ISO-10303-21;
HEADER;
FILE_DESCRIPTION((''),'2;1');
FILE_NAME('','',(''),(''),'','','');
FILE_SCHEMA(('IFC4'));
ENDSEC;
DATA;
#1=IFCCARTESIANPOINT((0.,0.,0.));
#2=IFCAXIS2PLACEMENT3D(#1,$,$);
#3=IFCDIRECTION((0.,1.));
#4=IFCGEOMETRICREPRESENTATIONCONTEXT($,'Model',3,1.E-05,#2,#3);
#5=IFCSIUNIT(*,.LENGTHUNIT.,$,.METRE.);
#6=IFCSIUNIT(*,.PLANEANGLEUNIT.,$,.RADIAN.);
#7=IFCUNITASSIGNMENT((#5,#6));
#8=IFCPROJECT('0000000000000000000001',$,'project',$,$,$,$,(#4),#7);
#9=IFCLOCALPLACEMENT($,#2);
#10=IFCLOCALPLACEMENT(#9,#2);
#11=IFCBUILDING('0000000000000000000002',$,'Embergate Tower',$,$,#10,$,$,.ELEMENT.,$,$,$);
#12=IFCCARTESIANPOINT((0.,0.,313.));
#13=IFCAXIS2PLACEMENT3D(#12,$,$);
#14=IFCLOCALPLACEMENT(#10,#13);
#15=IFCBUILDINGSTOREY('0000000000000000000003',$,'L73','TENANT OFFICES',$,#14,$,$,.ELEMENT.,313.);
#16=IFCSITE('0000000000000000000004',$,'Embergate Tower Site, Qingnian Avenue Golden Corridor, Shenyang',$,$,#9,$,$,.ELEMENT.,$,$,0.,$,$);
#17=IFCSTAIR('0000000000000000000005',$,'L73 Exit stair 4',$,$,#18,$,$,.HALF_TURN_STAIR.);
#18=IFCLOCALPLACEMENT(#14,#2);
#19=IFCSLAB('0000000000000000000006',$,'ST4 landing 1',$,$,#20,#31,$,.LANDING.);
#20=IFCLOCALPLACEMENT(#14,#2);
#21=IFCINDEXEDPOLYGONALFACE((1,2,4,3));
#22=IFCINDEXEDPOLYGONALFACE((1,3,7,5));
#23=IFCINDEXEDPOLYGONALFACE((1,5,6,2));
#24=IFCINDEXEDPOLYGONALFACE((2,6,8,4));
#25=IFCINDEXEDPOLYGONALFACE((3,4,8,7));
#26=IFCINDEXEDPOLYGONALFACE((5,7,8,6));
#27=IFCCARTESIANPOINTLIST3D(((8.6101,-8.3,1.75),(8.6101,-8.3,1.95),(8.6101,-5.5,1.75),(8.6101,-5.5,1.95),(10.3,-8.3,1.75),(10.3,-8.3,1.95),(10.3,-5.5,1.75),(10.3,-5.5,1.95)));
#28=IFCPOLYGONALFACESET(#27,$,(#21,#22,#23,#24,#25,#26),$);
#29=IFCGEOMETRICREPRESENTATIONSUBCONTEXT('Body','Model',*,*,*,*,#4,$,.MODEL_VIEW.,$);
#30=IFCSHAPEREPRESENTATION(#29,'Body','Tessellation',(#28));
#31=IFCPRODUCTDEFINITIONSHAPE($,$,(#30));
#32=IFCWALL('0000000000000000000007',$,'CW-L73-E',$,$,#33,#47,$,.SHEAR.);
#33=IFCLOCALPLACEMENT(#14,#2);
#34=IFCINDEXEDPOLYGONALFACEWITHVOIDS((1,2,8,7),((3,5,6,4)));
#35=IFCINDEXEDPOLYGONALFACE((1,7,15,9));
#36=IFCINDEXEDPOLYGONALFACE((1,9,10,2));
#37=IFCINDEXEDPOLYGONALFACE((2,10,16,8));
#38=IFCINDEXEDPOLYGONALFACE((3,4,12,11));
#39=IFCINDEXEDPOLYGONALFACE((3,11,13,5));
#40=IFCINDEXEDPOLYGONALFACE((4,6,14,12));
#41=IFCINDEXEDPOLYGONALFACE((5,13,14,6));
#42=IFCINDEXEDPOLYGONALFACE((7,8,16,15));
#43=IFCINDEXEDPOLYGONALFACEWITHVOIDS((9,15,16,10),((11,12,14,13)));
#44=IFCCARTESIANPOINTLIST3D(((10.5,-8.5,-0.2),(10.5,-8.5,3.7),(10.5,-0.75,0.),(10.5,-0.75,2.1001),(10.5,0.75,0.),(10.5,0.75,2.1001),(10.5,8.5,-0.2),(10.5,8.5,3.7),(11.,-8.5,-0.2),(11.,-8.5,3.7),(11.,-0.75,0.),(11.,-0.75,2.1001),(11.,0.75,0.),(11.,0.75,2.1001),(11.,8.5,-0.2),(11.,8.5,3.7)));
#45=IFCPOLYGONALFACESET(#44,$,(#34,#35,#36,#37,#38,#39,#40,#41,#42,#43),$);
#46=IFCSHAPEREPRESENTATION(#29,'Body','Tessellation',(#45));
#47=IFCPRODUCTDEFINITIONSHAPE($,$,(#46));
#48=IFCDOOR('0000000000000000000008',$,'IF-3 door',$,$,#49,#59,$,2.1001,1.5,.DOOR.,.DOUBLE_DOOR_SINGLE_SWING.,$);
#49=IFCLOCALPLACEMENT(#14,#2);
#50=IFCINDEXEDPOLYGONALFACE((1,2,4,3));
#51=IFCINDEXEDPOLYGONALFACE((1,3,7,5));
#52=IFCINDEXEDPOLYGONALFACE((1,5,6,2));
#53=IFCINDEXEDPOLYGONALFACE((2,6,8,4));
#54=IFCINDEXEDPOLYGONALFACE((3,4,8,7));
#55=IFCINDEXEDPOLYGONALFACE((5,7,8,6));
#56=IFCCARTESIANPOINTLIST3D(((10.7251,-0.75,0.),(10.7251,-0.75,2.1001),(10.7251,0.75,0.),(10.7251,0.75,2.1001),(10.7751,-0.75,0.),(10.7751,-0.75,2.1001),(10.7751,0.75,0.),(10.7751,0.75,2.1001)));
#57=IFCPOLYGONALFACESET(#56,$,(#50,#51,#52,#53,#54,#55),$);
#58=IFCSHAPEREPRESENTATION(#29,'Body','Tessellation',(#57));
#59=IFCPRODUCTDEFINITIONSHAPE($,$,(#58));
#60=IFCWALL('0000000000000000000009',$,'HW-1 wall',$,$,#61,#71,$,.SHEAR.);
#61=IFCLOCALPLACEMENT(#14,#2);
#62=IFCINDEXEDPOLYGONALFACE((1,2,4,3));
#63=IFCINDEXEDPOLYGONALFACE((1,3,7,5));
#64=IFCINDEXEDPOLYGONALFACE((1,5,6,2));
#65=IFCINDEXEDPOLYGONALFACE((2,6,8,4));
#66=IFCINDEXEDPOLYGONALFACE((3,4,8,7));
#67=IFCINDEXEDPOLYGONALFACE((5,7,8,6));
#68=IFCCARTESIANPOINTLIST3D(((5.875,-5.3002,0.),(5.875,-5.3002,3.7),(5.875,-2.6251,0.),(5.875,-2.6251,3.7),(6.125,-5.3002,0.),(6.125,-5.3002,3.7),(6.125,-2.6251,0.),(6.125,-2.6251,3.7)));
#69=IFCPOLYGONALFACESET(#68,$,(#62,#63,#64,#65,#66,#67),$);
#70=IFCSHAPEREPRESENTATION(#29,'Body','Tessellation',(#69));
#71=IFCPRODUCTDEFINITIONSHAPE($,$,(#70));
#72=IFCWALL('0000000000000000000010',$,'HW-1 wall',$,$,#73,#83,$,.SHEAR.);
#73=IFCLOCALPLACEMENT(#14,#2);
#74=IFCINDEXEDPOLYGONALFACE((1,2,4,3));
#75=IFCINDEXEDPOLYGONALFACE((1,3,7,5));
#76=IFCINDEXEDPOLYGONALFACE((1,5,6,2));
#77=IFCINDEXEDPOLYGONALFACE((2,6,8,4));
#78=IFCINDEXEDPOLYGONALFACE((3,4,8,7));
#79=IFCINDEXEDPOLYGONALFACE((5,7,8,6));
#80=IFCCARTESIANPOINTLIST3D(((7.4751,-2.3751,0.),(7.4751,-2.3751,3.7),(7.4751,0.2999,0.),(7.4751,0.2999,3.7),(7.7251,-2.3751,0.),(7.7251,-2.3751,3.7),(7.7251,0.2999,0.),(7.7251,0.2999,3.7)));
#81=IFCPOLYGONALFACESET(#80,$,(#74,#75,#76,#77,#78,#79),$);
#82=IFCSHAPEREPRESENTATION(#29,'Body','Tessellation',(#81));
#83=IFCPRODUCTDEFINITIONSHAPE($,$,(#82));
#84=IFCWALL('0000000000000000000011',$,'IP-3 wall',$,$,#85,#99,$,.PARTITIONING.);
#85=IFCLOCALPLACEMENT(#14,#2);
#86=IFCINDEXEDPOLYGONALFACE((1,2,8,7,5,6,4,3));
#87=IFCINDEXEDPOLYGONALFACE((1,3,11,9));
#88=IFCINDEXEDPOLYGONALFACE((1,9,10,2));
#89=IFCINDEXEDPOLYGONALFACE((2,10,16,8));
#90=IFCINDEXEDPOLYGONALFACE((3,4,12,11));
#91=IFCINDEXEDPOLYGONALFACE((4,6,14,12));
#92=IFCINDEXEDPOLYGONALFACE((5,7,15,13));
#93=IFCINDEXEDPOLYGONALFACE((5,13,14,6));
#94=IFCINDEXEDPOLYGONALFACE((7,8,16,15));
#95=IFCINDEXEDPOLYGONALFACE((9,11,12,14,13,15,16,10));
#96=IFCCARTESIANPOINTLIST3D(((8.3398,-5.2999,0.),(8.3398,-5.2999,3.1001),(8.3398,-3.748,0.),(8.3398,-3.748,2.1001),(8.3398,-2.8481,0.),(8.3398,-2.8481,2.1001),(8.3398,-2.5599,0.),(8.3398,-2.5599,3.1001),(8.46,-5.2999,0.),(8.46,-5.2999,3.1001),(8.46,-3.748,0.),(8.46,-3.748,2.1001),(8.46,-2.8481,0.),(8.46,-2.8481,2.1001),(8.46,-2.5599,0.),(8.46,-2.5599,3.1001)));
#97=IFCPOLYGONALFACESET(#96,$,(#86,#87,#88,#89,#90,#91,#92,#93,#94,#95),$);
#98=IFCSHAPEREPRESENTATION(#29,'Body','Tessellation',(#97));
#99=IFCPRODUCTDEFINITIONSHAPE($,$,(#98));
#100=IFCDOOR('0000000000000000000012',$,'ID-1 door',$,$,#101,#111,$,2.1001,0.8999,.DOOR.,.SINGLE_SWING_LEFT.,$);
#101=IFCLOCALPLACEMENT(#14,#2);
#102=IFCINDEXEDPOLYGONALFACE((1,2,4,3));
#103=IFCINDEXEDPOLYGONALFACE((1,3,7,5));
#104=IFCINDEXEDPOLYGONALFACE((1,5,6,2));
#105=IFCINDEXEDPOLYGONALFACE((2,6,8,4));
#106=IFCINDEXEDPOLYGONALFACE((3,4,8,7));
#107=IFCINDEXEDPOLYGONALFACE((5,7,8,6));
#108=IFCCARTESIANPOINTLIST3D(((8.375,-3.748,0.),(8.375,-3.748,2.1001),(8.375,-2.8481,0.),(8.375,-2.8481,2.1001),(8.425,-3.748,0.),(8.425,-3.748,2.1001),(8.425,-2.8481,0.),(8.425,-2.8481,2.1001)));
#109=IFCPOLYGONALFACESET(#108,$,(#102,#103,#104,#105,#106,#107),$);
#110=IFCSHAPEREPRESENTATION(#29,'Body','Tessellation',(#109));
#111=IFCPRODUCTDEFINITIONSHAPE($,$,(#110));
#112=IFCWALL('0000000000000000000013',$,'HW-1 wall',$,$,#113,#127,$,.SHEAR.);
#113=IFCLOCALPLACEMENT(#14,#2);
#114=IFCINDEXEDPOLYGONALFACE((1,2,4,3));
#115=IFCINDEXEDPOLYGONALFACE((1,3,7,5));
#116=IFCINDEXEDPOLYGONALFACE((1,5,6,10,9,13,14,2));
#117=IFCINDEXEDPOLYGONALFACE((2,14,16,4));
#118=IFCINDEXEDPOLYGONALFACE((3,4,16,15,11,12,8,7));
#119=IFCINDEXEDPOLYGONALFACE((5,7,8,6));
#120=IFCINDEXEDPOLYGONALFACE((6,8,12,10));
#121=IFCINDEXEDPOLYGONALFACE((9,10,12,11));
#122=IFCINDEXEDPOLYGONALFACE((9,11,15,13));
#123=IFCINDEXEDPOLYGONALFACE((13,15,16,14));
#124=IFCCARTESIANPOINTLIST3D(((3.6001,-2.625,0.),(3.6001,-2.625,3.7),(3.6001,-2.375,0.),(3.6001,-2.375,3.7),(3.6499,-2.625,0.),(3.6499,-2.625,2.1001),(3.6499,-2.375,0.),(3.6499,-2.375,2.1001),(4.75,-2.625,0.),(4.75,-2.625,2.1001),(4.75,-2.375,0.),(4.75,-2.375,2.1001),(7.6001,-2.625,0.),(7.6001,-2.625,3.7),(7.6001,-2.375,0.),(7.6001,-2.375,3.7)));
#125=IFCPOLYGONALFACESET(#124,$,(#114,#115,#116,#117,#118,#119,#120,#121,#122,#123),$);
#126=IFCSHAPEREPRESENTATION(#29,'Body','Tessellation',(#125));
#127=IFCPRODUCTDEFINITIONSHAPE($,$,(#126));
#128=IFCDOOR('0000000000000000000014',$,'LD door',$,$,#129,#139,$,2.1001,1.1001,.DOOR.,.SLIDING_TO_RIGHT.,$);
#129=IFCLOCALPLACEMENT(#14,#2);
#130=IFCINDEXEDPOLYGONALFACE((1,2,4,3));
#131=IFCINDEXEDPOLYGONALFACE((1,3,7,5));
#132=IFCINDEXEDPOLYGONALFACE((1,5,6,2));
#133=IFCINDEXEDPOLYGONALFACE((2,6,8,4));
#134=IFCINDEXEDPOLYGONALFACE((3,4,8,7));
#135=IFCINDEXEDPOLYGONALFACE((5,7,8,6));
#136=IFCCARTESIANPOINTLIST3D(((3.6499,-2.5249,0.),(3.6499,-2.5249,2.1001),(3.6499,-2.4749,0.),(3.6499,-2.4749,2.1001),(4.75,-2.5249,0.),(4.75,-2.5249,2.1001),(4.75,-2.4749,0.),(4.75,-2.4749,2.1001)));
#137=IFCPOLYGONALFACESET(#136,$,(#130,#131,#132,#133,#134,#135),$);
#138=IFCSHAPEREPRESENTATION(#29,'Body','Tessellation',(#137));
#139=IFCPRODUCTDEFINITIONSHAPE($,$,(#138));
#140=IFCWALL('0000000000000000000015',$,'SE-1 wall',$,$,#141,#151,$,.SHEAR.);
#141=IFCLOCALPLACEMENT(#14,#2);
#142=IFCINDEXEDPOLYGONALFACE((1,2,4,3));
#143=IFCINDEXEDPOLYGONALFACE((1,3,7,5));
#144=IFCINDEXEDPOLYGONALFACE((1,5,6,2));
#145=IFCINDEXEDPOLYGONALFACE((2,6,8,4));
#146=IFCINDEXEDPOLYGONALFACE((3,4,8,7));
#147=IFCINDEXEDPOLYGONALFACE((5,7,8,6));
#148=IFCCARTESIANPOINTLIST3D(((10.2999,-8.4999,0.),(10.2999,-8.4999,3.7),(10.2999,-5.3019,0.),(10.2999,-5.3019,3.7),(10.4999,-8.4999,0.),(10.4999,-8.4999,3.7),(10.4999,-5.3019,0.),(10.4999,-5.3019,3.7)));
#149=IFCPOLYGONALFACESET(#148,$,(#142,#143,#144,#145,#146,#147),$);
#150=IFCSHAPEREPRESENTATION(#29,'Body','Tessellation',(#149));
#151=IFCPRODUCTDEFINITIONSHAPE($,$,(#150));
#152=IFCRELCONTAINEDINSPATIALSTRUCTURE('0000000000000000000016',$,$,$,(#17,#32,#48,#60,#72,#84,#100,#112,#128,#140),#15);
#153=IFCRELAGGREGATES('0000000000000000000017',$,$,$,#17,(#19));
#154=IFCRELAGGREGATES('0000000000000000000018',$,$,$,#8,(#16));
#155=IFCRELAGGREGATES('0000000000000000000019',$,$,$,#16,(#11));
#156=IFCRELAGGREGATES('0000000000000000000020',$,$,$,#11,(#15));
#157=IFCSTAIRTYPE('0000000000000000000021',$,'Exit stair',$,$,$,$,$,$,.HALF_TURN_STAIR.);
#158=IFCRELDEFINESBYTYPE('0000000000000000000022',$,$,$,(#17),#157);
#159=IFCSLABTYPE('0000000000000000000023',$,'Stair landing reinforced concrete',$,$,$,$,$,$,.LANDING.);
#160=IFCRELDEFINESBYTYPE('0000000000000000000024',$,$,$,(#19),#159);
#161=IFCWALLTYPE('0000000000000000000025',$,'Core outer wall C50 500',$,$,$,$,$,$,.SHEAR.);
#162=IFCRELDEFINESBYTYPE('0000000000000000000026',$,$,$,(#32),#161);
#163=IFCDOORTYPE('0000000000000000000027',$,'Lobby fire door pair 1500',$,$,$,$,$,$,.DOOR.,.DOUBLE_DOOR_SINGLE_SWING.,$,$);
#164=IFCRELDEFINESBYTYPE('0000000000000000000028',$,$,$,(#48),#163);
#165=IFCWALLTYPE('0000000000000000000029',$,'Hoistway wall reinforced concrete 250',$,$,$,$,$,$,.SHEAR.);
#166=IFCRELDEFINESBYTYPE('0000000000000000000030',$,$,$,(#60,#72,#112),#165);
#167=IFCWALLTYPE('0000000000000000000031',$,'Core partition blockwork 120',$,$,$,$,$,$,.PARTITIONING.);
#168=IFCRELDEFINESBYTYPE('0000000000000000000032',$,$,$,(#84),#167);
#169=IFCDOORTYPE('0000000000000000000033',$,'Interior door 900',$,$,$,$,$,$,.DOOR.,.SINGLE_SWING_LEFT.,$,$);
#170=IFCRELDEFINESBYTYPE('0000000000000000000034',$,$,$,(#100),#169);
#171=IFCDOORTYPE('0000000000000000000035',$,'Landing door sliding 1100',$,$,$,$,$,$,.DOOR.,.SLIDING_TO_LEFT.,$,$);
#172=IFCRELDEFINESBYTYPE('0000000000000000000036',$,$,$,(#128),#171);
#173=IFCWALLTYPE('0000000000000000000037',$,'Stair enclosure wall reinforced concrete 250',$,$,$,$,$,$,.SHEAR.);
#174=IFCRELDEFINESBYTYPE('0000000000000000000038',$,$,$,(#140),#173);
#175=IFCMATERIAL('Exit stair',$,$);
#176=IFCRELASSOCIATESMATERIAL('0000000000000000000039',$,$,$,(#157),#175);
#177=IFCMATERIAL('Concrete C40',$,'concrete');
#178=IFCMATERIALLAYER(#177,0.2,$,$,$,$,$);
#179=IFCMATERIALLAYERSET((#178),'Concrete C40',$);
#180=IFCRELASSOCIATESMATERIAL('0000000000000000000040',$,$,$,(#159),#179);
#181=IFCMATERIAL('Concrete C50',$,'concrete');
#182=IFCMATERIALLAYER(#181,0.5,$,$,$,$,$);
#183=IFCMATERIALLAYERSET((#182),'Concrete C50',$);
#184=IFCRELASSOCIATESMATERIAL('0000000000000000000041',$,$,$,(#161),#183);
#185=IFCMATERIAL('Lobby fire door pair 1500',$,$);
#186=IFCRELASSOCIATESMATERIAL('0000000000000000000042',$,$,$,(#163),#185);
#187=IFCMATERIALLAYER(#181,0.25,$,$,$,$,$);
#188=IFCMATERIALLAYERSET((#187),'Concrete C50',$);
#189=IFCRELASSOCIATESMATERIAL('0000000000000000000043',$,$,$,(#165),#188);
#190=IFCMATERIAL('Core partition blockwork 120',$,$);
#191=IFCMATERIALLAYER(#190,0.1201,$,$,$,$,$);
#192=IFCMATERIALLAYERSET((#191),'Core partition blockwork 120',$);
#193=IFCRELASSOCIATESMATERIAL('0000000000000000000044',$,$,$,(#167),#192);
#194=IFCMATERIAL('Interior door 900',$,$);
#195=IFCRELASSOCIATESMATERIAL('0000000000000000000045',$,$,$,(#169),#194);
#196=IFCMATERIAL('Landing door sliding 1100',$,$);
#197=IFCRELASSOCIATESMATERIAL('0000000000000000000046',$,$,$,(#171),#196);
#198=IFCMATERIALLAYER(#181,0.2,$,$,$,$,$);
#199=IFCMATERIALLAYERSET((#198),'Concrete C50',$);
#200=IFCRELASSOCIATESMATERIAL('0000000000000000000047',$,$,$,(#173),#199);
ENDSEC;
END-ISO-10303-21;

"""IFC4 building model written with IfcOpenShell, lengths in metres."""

from ifc_helpers import new_model, si_unit, direction, frame, frame_2d, origin, place, context, subcontext, project, spatial, polyline, rectangle, outline, extrude, source, transform, mapped, material, layer, layer_set, type_object, element, fill, aggregate, save


model = new_model("IFC4")

# Units and contexts
model_context = context("Model", 3, precision=1e-05, world=origin(), true_north=direction((0.0, 1.0)))
body_context = subcontext(model_context, "Body", "Model", "MODEL_VIEW")
ifc_project = project(units=[si_unit("LENGTHUNIT", "METRE"), si_unit("PLANEANGLEUNIT", "RADIAN")], contexts=[model_context])

# Site, building, storey
site_placement = place(None, origin())
site = spatial("IfcSite", under=ifc_project, at=site_placement, Name="Embergate Tower Site, Qingnian Avenue Golden Corridor, Shenyang", CompositionType="ELEMENT", RefElevation=0.0)
building_placement = place(site_placement, origin())
building = spatial("IfcBuilding", under=site, at=building_placement, Name="Embergate Tower", CompositionType="ELEMENT")
storey_placement = place(building_placement, frame((0.0, 0.0, 313.0)))
storey = spatial("IfcBuildingStorey", under=building, at=storey_placement, Name="L73", Description="TENANT OFFICES", CompositionType="ELEMENT", Elevation=313.0)

# Stair, slab
ifc_material_1 = material(Name="Exit stair")
stair_type = type_object("IfcStairType", Name="Exit stair", PredefinedType="HALF_TURN_STAIR", material=ifc_material_1)
stair_placement = place(storey_placement, origin())
stair = element("IfcStair", 1, at=stair_placement, inside=storey, type_object=stair_type, Name="L73 Exit stair 4", PredefinedType="HALF_TURN_STAIR")
ifc_material_2 = material(Name="Concrete C40", Category="concrete")
ifc_layer_1 = layer(ifc_material_2, 0.2)
ifc_layer_set_1 = layer_set([ifc_layer_1], Name="Concrete C40")
slab_type = type_object("IfcSlabType", Name="Stair landing reinforced concrete", PredefinedType="LANDING", material=ifc_layer_set_1)
shared_shape_1 = source(origin(), body_context, "Body", "SweptSolid", [
    extrude(outline(polyline([(0.0, 0.0), (1.6899, 0.0), (1.6899, 2.8), (0.0, 2.8), (0.0, 0.0)])), origin(), (0.0, 0.0, 1.0), 0.2),
])
slab_placement = place(storey_placement, frame((8.6101, -8.3, 1.75)))
slab = element("IfcSlab", 2, at=slab_placement, type_object=slab_type, Name="ST4 landing 1", PredefinedType="LANDING", context=body_context, shape_type="MappedRepresentation", body=[
    mapped(shared_shape_1, transform((0.0, 0.0, 0.0))),
])

# Wall, opening, door
ifc_material_3 = material(Name="Concrete C50", Category="concrete")
ifc_layer_2 = layer(ifc_material_3, 0.5)
ifc_layer_set_2 = layer_set([ifc_layer_2], Name="Concrete C50")
wall_type_1 = type_object("IfcWallType", Name="Core outer wall C50 500", PredefinedType="SHEAR", material=ifc_layer_set_2)
shared_shape_2 = source(origin(), body_context, "Body", "SweptSolid", [
    extrude(rectangle(XDim=17.0, YDim=0.5, at=frame_2d((8.5, 0.0))), origin(), (0.0, 0.0, 1.0), 3.8999),
])
wall_1_placement = place(storey_placement, frame((10.75, -8.5, -0.2), z_axis=(0.0, 0.0, 1.0), x_axis=(0.0, 1.0, 0.0)))
wall_1 = element("IfcWall", 3, at=wall_1_placement, inside=storey, type_object=wall_type_1, Name="CW-L73-E", PredefinedType="SHEAR", context=body_context, shape_type="MappedRepresentation", body=[
    mapped(shared_shape_2, transform((0.0, 0.0, 0.0))),
])
shared_shape_3 = source(origin(), body_context, "Body", "SweptSolid", [
    extrude(rectangle(XDim=1.5, YDim=2.1001, at=frame_2d((0.75, 1.05))), frame((0.0, 0.26, 0.0), z_axis=(0.0, -1.0, 0.0), x_axis=(1.0, 0.0, 0.0)), (0.0, 0.0, 1.0), 0.52),
])
opening_1_placement = place(wall_1_placement, frame((7.75, 0.0, 0.2)))
opening_1 = element("IfcOpeningElement", 4, at=opening_1_placement, cuts=wall_1, PredefinedType="OPENING", context=body_context, shape_type="MappedRepresentation", body=[
    mapped(shared_shape_3, transform((0.0, 0.0, 0.0))),
])
ifc_material_4 = material(Name="Lobby fire door pair 1500")
door_type_1 = type_object("IfcDoorType", Name="Lobby fire door pair 1500", OperationType="DOUBLE_DOOR_SINGLE_SWING", PredefinedType="DOOR", material=ifc_material_4)
shared_shape_4 = source(origin(), body_context, "Body", "SweptSolid", [
    extrude(rectangle(XDim=1.5, YDim=2.1001, at=frame_2d((0.75, 1.05))), frame((0.0, 0.0249, 0.0), z_axis=(0.0, -1.0, 0.0), x_axis=(1.0, 0.0, 0.0)), (0.0, 0.0, 1.0), 0.05),
])
door_1_placement = place(opening_1_placement, origin())
door_1 = element("IfcDoor", 5, at=door_1_placement, inside=storey, type_object=door_type_1, Name="IF-3 door", OperationType="DOUBLE_DOOR_SINGLE_SWING", OverallHeight=2.1001, OverallWidth=1.5, PredefinedType="DOOR", context=body_context, shape_type="MappedRepresentation", body=[
    mapped(shared_shape_4, transform((0.0, 0.0, 0.0))),
])
fill(opening_1, door_1)

# Walls
ifc_layer_3 = layer(ifc_material_3, 0.25)
ifc_layer_set_3 = layer_set([ifc_layer_3], Name="Concrete C50")
wall_type_2 = type_object("IfcWallType", Name="Hoistway wall reinforced concrete 250", PredefinedType="SHEAR", material=ifc_layer_set_3)
shared_shape_5 = source(origin(), body_context, "Body", "SweptSolid", [
    extrude(rectangle(XDim=2.675, YDim=0.25, at=frame_2d((1.3374, 0.0))), origin(), (0.0, 0.0, 1.0), 3.7),
])
for number, where, z_axis, x_axis, name in (
    (6, (6.0, -5.3, 0.0), (0.0, 0.0, 1.0), (0.0, 1.0, 0.0), "HW-1 wall"),
    (7, (7.6001, -2.375, 0.0), (0.0, 0.0, 1.0), (0.0, 1.0, 0.0), "HW-1 wall"),
):
    element("IfcWall", number, at=place(storey_placement, frame(where, z_axis=z_axis, x_axis=x_axis)), inside=storey, type_object=wall_type_2, Name=name, PredefinedType="SHEAR", context=body_context, shape_type="MappedRepresentation", body=[
        mapped(shared_shape_5, transform((0.0, 0.0, 0.0))),
    ])

# Walls, openings, doors
ifc_material_5 = material(Name="Core partition blockwork 120")
ifc_layer_4 = layer(ifc_material_5, 0.1201)
ifc_layer_set_4 = layer_set([ifc_layer_4], Name="Core partition blockwork 120")
wall_type_3 = type_object("IfcWallType", Name="Core partition blockwork 120", PredefinedType="PARTITIONING", material=ifc_layer_set_4)
shared_shape_6 = source(origin(), body_context, "Body", "SweptSolid", [
    extrude(rectangle(XDim=2.74, YDim=0.1201, at=frame_2d((1.3701, 0.0))), origin(), (0.0, 0.0, 1.0), 3.1001),
])
wall_2_placement = place(storey_placement, frame((8.3999, -5.3, 0.0), z_axis=(0.0, 0.0, 1.0), x_axis=(0.0, 1.0, 0.0)))
wall_2 = element("IfcWall", 8, at=wall_2_placement, inside=storey, type_object=wall_type_3, Name="IP-3 wall", PredefinedType="PARTITIONING", context=body_context, shape_type="MappedRepresentation", body=[
    mapped(shared_shape_6, transform((0.0, 0.0, 0.0))),
])
shared_shape_7 = source(origin(), body_context, "Body", "SweptSolid", [
    extrude(rectangle(XDim=0.8999, YDim=2.1001, at=frame_2d((0.45, 1.05))), frame((0.0, 0.0701, 0.0), z_axis=(0.0, -1.0, 0.0), x_axis=(1.0, 0.0, 0.0)), (0.0, 0.0, 1.0), 0.1401),
])
opening_2_placement = place(wall_2_placement, frame((1.552, 0.0, 0.0)))
opening_2 = element("IfcOpeningElement", 9, at=opening_2_placement, cuts=wall_2, PredefinedType="OPENING", context=body_context, shape_type="MappedRepresentation", body=[
    mapped(shared_shape_7, transform((0.0, 0.0, 0.0))),
])
ifc_material_6 = material(Name="Interior door 900")
door_type_2 = type_object("IfcDoorType", Name="Interior door 900", OperationType="SINGLE_SWING_LEFT", PredefinedType="DOOR", material=ifc_material_6)
shared_shape_8 = source(origin(), body_context, "Body", "SweptSolid", [
    extrude(rectangle(XDim=0.8999, YDim=2.1001, at=frame_2d((0.45, 1.05))), frame((0.0, 0.0249, 0.0), z_axis=(0.0, -1.0, 0.0), x_axis=(1.0, 0.0, 0.0)), (0.0, 0.0, 1.0), 0.05),
])
door_2_placement = place(opening_2_placement, origin())
door_2 = element("IfcDoor", 10, at=door_2_placement, inside=storey, type_object=door_type_2, Name="ID-1 door", OperationType="SINGLE_SWING_LEFT", OverallHeight=2.1001, OverallWidth=0.8999, PredefinedType="DOOR", context=body_context, shape_type="MappedRepresentation", body=[
    mapped(shared_shape_8, transform((0.0, 0.0, 0.0))),
])
fill(opening_2, door_2)
shared_shape_9 = source(origin(), body_context, "Body", "SweptSolid", [
    extrude(rectangle(XDim=4.0, YDim=0.25, at=frame_2d((2.0, 0.0))), origin(), (0.0, 0.0, 1.0), 3.7),
])
wall_3_placement = place(storey_placement, frame((7.6001, -2.5, 0.0), z_axis=(0.0, 0.0, 1.0), x_axis=(-1.0, 0.0, 0.0)))
wall_3 = element("IfcWall", 11, at=wall_3_placement, inside=storey, type_object=wall_type_2, Name="HW-1 wall", PredefinedType="SHEAR", context=body_context, shape_type="MappedRepresentation", body=[
    mapped(shared_shape_9, transform((0.0, 0.0, 0.0))),
])
shared_shape_10 = source(origin(), body_context, "Body", "SweptSolid", [
    extrude(rectangle(XDim=1.1001, YDim=2.1001, at=frame_2d((0.55, 1.05))), frame((0.0, 0.135, 0.0), z_axis=(0.0, -1.0, 0.0), x_axis=(1.0, 0.0, 0.0)), (0.0, 0.0, 1.0), 0.27),
])
opening_3_placement = place(wall_3_placement, frame((2.8501, 0.0, 0.0)))
opening_3 = element("IfcOpeningElement", 12, at=opening_3_placement, cuts=wall_3, PredefinedType="OPENING", context=body_context, shape_type="MappedRepresentation", body=[
    mapped(shared_shape_10, transform((0.0, 0.0, 0.0))),
])
ifc_material_7 = material(Name="Landing door sliding 1100")
door_type_3 = type_object("IfcDoorType", Name="Landing door sliding 1100", OperationType="SLIDING_TO_LEFT", PredefinedType="DOOR", material=ifc_material_7)
shared_shape_11 = source(origin(), body_context, "Body", "SweptSolid", [
    extrude(rectangle(XDim=1.1001, YDim=2.1001, at=frame_2d((0.55, 1.05))), frame((0.0, 0.0249, 0.0), z_axis=(0.0, -1.0, 0.0), x_axis=(1.0, 0.0, 0.0)), (0.0, 0.0, 1.0), 0.05),
])
door_3_placement = place(opening_3_placement, origin())
door_3 = element("IfcDoor", 13, at=door_3_placement, inside=storey, type_object=door_type_3, Name="LD door", OperationType="SLIDING_TO_RIGHT", OverallHeight=2.1001, OverallWidth=1.1001, PredefinedType="DOOR", context=body_context, shape_type="MappedRepresentation", body=[
    mapped(shared_shape_11, transform((0.0, 0.0, 0.0))),
])
fill(opening_3, door_3)

# Wall
ifc_layer_5 = layer(ifc_material_3, 0.2)
ifc_layer_set_5 = layer_set([ifc_layer_5], Name="Concrete C50")
wall_type_4 = type_object("IfcWallType", Name="Stair enclosure wall reinforced concrete 250", PredefinedType="SHEAR", material=ifc_layer_set_5)
shared_shape_12 = source(origin(), body_context, "Body", "SweptSolid", [
    extrude(rectangle(XDim=3.198, YDim=0.2, at=frame_2d((1.5991, 0.0))), origin(), (0.0, 0.0, 1.0), 3.7),
])
wall_4_placement = place(storey_placement, frame((10.3999, -8.5, 0.0), z_axis=(0.0, 0.0, 1.0), x_axis=(0.0, 1.0, 0.0)))
element("IfcWall", 14, at=wall_4_placement, inside=storey, type_object=wall_type_4, Name="SE-1 wall", PredefinedType="SHEAR", context=body_context, shape_type="MappedRepresentation", body=[
    mapped(shared_shape_12, transform((0.0, 0.0, 0.0))),
])

aggregate(stair, [slab])

save(model, "model.ifc")
